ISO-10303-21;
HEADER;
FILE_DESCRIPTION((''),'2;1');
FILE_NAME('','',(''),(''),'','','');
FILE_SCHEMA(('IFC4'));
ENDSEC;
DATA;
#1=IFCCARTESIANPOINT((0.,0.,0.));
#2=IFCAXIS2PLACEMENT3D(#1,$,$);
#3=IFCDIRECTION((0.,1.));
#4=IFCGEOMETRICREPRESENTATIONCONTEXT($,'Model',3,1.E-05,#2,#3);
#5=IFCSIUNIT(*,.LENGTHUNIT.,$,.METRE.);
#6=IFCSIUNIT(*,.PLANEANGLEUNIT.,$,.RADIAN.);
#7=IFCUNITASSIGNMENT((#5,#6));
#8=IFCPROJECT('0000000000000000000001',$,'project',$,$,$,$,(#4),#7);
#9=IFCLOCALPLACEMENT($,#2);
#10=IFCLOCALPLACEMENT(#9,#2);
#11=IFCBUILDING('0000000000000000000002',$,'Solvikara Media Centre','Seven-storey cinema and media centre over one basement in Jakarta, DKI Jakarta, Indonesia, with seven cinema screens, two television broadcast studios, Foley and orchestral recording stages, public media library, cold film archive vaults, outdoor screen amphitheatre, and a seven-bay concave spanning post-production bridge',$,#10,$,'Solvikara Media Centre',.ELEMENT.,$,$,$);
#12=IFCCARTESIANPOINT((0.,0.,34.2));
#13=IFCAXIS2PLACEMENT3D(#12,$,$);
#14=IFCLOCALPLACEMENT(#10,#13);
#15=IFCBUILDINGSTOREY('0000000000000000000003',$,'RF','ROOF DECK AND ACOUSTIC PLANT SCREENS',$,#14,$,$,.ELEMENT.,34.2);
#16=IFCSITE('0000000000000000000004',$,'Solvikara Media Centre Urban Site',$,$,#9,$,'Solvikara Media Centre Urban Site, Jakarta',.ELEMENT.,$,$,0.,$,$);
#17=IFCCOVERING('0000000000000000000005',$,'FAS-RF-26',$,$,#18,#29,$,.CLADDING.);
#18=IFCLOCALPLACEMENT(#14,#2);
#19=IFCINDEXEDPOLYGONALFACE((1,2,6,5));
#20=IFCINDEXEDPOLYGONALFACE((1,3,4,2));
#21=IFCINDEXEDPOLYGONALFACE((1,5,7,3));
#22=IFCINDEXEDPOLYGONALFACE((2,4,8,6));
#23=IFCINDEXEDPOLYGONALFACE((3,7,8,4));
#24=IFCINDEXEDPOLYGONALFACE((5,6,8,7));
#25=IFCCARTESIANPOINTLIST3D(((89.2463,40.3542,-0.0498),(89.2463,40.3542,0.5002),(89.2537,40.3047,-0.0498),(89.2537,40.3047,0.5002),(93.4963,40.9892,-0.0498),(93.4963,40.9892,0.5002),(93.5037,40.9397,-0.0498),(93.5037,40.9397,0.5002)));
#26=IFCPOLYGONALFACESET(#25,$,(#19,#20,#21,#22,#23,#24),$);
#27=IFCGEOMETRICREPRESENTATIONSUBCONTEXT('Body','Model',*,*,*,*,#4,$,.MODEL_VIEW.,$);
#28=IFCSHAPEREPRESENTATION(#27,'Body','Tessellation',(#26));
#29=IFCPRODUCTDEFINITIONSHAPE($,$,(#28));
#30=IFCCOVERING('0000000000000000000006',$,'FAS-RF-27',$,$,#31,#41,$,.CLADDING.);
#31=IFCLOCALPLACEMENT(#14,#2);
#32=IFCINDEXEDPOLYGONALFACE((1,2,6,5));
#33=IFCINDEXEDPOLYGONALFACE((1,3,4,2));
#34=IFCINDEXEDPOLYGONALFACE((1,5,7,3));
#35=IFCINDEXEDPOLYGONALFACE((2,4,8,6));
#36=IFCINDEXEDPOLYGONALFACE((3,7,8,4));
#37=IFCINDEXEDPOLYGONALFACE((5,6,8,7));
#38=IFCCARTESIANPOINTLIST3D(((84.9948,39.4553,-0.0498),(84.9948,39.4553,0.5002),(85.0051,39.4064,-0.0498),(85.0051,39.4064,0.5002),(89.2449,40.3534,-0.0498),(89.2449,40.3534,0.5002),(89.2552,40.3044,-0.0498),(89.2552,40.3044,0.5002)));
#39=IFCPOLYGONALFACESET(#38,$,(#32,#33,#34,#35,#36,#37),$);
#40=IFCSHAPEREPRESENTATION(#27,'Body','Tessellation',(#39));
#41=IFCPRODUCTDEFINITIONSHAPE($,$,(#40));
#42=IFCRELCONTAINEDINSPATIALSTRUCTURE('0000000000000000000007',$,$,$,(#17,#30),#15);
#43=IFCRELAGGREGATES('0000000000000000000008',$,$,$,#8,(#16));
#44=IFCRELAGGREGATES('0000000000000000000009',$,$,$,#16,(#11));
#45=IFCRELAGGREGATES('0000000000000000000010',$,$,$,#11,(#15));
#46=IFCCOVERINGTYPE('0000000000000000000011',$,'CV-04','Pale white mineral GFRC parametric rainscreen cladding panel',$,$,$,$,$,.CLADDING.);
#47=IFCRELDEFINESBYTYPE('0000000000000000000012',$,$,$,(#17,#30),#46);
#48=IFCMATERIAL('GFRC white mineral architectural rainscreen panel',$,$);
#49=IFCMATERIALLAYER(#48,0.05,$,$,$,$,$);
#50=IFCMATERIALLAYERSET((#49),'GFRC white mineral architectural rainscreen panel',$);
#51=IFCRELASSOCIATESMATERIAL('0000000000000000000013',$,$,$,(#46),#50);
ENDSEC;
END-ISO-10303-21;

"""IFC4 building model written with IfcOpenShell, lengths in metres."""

from ifc_helpers import new_model, si_unit, direction, frame, origin, origin_2d, place, context, subcontext, project, spatial, rectangle, extrude, material, layer, layer_set, type_object, element, save


model = new_model("IFC4")

# Units and contexts
model_context = context("Model", 3, precision=1e-05, world=origin(), true_north=direction((0.0, 1.0)))
body_context = subcontext(model_context, "Body", "Model", "MODEL_VIEW")
ifc_project = project(units=[si_unit("LENGTHUNIT", "METRE"), si_unit("PLANEANGLEUNIT", "RADIAN")], contexts=[model_context])

# Site, building, storey
site_placement = place(None, origin())
site = spatial("IfcSite", under=ifc_project, at=site_placement, Name="Solvikara Media Centre Urban Site", LongName="Solvikara Media Centre Urban Site, Jakarta", CompositionType="ELEMENT", RefElevation=0.0)
building_placement = place(site_placement, origin())
building = spatial("IfcBuilding", under=site, at=building_placement, Name="Solvikara Media Centre", Description="Seven-storey cinema and media centre over one basement in Jakarta, DKI Jakarta, Indonesia, with seven cinema screens, two television broadcast studios, Foley and orchestral recording stages, public media library, cold film archive vaults, outdoor screen amphitheatre, and a seven-bay concave spanning post-production bridge", LongName="Solvikara Media Centre", CompositionType="ELEMENT")
storey_placement = place(building_placement, frame((0.0, 0.0, 34.2)))
storey = spatial("IfcBuildingStorey", under=building, at=storey_placement, Name="RF", Description="ROOF DECK AND ACOUSTIC PLANT SCREENS", CompositionType="ELEMENT", Elevation=34.2)

# Coverings
ifc_material_1 = material(Name="GFRC white mineral architectural rainscreen panel")
ifc_layer = layer(ifc_material_1, 0.05)
ifc_layer_set = layer_set([ifc_layer], Name="GFRC white mineral architectural rainscreen panel")
covering_type = type_object("IfcCoveringType", Name="CV-04", Description="Pale white mineral GFRC parametric rainscreen cladding panel", PredefinedType="CLADDING", material=ifc_layer_set)
covering_1_placement = place(storey_placement, frame((91.375, 40.647, -0.0498), z_axis=(0.0, 0.0, 1.0), x_axis=(-0.989021, -0.147775, 0.0)))
element("IfcCovering", 1, at=covering_1_placement, inside=storey, type_object=covering_type, Name="FAS-RF-26", PredefinedType="CLADDING", context=body_context, shape_type="SweptSolid", body=[
    extrude(rectangle(XDim=4.2971, YDim=0.05, at=origin_2d()), origin(), (0.0, 0.0, 1.0), 0.55),
])
covering_2_placement = place(storey_placement, frame((87.125, 39.8799, -0.0498), z_axis=(0.0, 0.0, 1.0), x_axis=(-0.978397, -0.206734, 0.0)))
element("IfcCovering", 2, at=covering_2_placement, inside=storey, type_object=covering_type, Name="FAS-RF-27", PredefinedType="CLADDING", context=body_context, shape_type="SweptSolid", body=[
    extrude(rectangle(XDim=4.344, YDim=0.05, at=origin_2d()), origin(), (0.0, 0.0, 1.0), 0.55),
])

save(model, "model.ifc")
